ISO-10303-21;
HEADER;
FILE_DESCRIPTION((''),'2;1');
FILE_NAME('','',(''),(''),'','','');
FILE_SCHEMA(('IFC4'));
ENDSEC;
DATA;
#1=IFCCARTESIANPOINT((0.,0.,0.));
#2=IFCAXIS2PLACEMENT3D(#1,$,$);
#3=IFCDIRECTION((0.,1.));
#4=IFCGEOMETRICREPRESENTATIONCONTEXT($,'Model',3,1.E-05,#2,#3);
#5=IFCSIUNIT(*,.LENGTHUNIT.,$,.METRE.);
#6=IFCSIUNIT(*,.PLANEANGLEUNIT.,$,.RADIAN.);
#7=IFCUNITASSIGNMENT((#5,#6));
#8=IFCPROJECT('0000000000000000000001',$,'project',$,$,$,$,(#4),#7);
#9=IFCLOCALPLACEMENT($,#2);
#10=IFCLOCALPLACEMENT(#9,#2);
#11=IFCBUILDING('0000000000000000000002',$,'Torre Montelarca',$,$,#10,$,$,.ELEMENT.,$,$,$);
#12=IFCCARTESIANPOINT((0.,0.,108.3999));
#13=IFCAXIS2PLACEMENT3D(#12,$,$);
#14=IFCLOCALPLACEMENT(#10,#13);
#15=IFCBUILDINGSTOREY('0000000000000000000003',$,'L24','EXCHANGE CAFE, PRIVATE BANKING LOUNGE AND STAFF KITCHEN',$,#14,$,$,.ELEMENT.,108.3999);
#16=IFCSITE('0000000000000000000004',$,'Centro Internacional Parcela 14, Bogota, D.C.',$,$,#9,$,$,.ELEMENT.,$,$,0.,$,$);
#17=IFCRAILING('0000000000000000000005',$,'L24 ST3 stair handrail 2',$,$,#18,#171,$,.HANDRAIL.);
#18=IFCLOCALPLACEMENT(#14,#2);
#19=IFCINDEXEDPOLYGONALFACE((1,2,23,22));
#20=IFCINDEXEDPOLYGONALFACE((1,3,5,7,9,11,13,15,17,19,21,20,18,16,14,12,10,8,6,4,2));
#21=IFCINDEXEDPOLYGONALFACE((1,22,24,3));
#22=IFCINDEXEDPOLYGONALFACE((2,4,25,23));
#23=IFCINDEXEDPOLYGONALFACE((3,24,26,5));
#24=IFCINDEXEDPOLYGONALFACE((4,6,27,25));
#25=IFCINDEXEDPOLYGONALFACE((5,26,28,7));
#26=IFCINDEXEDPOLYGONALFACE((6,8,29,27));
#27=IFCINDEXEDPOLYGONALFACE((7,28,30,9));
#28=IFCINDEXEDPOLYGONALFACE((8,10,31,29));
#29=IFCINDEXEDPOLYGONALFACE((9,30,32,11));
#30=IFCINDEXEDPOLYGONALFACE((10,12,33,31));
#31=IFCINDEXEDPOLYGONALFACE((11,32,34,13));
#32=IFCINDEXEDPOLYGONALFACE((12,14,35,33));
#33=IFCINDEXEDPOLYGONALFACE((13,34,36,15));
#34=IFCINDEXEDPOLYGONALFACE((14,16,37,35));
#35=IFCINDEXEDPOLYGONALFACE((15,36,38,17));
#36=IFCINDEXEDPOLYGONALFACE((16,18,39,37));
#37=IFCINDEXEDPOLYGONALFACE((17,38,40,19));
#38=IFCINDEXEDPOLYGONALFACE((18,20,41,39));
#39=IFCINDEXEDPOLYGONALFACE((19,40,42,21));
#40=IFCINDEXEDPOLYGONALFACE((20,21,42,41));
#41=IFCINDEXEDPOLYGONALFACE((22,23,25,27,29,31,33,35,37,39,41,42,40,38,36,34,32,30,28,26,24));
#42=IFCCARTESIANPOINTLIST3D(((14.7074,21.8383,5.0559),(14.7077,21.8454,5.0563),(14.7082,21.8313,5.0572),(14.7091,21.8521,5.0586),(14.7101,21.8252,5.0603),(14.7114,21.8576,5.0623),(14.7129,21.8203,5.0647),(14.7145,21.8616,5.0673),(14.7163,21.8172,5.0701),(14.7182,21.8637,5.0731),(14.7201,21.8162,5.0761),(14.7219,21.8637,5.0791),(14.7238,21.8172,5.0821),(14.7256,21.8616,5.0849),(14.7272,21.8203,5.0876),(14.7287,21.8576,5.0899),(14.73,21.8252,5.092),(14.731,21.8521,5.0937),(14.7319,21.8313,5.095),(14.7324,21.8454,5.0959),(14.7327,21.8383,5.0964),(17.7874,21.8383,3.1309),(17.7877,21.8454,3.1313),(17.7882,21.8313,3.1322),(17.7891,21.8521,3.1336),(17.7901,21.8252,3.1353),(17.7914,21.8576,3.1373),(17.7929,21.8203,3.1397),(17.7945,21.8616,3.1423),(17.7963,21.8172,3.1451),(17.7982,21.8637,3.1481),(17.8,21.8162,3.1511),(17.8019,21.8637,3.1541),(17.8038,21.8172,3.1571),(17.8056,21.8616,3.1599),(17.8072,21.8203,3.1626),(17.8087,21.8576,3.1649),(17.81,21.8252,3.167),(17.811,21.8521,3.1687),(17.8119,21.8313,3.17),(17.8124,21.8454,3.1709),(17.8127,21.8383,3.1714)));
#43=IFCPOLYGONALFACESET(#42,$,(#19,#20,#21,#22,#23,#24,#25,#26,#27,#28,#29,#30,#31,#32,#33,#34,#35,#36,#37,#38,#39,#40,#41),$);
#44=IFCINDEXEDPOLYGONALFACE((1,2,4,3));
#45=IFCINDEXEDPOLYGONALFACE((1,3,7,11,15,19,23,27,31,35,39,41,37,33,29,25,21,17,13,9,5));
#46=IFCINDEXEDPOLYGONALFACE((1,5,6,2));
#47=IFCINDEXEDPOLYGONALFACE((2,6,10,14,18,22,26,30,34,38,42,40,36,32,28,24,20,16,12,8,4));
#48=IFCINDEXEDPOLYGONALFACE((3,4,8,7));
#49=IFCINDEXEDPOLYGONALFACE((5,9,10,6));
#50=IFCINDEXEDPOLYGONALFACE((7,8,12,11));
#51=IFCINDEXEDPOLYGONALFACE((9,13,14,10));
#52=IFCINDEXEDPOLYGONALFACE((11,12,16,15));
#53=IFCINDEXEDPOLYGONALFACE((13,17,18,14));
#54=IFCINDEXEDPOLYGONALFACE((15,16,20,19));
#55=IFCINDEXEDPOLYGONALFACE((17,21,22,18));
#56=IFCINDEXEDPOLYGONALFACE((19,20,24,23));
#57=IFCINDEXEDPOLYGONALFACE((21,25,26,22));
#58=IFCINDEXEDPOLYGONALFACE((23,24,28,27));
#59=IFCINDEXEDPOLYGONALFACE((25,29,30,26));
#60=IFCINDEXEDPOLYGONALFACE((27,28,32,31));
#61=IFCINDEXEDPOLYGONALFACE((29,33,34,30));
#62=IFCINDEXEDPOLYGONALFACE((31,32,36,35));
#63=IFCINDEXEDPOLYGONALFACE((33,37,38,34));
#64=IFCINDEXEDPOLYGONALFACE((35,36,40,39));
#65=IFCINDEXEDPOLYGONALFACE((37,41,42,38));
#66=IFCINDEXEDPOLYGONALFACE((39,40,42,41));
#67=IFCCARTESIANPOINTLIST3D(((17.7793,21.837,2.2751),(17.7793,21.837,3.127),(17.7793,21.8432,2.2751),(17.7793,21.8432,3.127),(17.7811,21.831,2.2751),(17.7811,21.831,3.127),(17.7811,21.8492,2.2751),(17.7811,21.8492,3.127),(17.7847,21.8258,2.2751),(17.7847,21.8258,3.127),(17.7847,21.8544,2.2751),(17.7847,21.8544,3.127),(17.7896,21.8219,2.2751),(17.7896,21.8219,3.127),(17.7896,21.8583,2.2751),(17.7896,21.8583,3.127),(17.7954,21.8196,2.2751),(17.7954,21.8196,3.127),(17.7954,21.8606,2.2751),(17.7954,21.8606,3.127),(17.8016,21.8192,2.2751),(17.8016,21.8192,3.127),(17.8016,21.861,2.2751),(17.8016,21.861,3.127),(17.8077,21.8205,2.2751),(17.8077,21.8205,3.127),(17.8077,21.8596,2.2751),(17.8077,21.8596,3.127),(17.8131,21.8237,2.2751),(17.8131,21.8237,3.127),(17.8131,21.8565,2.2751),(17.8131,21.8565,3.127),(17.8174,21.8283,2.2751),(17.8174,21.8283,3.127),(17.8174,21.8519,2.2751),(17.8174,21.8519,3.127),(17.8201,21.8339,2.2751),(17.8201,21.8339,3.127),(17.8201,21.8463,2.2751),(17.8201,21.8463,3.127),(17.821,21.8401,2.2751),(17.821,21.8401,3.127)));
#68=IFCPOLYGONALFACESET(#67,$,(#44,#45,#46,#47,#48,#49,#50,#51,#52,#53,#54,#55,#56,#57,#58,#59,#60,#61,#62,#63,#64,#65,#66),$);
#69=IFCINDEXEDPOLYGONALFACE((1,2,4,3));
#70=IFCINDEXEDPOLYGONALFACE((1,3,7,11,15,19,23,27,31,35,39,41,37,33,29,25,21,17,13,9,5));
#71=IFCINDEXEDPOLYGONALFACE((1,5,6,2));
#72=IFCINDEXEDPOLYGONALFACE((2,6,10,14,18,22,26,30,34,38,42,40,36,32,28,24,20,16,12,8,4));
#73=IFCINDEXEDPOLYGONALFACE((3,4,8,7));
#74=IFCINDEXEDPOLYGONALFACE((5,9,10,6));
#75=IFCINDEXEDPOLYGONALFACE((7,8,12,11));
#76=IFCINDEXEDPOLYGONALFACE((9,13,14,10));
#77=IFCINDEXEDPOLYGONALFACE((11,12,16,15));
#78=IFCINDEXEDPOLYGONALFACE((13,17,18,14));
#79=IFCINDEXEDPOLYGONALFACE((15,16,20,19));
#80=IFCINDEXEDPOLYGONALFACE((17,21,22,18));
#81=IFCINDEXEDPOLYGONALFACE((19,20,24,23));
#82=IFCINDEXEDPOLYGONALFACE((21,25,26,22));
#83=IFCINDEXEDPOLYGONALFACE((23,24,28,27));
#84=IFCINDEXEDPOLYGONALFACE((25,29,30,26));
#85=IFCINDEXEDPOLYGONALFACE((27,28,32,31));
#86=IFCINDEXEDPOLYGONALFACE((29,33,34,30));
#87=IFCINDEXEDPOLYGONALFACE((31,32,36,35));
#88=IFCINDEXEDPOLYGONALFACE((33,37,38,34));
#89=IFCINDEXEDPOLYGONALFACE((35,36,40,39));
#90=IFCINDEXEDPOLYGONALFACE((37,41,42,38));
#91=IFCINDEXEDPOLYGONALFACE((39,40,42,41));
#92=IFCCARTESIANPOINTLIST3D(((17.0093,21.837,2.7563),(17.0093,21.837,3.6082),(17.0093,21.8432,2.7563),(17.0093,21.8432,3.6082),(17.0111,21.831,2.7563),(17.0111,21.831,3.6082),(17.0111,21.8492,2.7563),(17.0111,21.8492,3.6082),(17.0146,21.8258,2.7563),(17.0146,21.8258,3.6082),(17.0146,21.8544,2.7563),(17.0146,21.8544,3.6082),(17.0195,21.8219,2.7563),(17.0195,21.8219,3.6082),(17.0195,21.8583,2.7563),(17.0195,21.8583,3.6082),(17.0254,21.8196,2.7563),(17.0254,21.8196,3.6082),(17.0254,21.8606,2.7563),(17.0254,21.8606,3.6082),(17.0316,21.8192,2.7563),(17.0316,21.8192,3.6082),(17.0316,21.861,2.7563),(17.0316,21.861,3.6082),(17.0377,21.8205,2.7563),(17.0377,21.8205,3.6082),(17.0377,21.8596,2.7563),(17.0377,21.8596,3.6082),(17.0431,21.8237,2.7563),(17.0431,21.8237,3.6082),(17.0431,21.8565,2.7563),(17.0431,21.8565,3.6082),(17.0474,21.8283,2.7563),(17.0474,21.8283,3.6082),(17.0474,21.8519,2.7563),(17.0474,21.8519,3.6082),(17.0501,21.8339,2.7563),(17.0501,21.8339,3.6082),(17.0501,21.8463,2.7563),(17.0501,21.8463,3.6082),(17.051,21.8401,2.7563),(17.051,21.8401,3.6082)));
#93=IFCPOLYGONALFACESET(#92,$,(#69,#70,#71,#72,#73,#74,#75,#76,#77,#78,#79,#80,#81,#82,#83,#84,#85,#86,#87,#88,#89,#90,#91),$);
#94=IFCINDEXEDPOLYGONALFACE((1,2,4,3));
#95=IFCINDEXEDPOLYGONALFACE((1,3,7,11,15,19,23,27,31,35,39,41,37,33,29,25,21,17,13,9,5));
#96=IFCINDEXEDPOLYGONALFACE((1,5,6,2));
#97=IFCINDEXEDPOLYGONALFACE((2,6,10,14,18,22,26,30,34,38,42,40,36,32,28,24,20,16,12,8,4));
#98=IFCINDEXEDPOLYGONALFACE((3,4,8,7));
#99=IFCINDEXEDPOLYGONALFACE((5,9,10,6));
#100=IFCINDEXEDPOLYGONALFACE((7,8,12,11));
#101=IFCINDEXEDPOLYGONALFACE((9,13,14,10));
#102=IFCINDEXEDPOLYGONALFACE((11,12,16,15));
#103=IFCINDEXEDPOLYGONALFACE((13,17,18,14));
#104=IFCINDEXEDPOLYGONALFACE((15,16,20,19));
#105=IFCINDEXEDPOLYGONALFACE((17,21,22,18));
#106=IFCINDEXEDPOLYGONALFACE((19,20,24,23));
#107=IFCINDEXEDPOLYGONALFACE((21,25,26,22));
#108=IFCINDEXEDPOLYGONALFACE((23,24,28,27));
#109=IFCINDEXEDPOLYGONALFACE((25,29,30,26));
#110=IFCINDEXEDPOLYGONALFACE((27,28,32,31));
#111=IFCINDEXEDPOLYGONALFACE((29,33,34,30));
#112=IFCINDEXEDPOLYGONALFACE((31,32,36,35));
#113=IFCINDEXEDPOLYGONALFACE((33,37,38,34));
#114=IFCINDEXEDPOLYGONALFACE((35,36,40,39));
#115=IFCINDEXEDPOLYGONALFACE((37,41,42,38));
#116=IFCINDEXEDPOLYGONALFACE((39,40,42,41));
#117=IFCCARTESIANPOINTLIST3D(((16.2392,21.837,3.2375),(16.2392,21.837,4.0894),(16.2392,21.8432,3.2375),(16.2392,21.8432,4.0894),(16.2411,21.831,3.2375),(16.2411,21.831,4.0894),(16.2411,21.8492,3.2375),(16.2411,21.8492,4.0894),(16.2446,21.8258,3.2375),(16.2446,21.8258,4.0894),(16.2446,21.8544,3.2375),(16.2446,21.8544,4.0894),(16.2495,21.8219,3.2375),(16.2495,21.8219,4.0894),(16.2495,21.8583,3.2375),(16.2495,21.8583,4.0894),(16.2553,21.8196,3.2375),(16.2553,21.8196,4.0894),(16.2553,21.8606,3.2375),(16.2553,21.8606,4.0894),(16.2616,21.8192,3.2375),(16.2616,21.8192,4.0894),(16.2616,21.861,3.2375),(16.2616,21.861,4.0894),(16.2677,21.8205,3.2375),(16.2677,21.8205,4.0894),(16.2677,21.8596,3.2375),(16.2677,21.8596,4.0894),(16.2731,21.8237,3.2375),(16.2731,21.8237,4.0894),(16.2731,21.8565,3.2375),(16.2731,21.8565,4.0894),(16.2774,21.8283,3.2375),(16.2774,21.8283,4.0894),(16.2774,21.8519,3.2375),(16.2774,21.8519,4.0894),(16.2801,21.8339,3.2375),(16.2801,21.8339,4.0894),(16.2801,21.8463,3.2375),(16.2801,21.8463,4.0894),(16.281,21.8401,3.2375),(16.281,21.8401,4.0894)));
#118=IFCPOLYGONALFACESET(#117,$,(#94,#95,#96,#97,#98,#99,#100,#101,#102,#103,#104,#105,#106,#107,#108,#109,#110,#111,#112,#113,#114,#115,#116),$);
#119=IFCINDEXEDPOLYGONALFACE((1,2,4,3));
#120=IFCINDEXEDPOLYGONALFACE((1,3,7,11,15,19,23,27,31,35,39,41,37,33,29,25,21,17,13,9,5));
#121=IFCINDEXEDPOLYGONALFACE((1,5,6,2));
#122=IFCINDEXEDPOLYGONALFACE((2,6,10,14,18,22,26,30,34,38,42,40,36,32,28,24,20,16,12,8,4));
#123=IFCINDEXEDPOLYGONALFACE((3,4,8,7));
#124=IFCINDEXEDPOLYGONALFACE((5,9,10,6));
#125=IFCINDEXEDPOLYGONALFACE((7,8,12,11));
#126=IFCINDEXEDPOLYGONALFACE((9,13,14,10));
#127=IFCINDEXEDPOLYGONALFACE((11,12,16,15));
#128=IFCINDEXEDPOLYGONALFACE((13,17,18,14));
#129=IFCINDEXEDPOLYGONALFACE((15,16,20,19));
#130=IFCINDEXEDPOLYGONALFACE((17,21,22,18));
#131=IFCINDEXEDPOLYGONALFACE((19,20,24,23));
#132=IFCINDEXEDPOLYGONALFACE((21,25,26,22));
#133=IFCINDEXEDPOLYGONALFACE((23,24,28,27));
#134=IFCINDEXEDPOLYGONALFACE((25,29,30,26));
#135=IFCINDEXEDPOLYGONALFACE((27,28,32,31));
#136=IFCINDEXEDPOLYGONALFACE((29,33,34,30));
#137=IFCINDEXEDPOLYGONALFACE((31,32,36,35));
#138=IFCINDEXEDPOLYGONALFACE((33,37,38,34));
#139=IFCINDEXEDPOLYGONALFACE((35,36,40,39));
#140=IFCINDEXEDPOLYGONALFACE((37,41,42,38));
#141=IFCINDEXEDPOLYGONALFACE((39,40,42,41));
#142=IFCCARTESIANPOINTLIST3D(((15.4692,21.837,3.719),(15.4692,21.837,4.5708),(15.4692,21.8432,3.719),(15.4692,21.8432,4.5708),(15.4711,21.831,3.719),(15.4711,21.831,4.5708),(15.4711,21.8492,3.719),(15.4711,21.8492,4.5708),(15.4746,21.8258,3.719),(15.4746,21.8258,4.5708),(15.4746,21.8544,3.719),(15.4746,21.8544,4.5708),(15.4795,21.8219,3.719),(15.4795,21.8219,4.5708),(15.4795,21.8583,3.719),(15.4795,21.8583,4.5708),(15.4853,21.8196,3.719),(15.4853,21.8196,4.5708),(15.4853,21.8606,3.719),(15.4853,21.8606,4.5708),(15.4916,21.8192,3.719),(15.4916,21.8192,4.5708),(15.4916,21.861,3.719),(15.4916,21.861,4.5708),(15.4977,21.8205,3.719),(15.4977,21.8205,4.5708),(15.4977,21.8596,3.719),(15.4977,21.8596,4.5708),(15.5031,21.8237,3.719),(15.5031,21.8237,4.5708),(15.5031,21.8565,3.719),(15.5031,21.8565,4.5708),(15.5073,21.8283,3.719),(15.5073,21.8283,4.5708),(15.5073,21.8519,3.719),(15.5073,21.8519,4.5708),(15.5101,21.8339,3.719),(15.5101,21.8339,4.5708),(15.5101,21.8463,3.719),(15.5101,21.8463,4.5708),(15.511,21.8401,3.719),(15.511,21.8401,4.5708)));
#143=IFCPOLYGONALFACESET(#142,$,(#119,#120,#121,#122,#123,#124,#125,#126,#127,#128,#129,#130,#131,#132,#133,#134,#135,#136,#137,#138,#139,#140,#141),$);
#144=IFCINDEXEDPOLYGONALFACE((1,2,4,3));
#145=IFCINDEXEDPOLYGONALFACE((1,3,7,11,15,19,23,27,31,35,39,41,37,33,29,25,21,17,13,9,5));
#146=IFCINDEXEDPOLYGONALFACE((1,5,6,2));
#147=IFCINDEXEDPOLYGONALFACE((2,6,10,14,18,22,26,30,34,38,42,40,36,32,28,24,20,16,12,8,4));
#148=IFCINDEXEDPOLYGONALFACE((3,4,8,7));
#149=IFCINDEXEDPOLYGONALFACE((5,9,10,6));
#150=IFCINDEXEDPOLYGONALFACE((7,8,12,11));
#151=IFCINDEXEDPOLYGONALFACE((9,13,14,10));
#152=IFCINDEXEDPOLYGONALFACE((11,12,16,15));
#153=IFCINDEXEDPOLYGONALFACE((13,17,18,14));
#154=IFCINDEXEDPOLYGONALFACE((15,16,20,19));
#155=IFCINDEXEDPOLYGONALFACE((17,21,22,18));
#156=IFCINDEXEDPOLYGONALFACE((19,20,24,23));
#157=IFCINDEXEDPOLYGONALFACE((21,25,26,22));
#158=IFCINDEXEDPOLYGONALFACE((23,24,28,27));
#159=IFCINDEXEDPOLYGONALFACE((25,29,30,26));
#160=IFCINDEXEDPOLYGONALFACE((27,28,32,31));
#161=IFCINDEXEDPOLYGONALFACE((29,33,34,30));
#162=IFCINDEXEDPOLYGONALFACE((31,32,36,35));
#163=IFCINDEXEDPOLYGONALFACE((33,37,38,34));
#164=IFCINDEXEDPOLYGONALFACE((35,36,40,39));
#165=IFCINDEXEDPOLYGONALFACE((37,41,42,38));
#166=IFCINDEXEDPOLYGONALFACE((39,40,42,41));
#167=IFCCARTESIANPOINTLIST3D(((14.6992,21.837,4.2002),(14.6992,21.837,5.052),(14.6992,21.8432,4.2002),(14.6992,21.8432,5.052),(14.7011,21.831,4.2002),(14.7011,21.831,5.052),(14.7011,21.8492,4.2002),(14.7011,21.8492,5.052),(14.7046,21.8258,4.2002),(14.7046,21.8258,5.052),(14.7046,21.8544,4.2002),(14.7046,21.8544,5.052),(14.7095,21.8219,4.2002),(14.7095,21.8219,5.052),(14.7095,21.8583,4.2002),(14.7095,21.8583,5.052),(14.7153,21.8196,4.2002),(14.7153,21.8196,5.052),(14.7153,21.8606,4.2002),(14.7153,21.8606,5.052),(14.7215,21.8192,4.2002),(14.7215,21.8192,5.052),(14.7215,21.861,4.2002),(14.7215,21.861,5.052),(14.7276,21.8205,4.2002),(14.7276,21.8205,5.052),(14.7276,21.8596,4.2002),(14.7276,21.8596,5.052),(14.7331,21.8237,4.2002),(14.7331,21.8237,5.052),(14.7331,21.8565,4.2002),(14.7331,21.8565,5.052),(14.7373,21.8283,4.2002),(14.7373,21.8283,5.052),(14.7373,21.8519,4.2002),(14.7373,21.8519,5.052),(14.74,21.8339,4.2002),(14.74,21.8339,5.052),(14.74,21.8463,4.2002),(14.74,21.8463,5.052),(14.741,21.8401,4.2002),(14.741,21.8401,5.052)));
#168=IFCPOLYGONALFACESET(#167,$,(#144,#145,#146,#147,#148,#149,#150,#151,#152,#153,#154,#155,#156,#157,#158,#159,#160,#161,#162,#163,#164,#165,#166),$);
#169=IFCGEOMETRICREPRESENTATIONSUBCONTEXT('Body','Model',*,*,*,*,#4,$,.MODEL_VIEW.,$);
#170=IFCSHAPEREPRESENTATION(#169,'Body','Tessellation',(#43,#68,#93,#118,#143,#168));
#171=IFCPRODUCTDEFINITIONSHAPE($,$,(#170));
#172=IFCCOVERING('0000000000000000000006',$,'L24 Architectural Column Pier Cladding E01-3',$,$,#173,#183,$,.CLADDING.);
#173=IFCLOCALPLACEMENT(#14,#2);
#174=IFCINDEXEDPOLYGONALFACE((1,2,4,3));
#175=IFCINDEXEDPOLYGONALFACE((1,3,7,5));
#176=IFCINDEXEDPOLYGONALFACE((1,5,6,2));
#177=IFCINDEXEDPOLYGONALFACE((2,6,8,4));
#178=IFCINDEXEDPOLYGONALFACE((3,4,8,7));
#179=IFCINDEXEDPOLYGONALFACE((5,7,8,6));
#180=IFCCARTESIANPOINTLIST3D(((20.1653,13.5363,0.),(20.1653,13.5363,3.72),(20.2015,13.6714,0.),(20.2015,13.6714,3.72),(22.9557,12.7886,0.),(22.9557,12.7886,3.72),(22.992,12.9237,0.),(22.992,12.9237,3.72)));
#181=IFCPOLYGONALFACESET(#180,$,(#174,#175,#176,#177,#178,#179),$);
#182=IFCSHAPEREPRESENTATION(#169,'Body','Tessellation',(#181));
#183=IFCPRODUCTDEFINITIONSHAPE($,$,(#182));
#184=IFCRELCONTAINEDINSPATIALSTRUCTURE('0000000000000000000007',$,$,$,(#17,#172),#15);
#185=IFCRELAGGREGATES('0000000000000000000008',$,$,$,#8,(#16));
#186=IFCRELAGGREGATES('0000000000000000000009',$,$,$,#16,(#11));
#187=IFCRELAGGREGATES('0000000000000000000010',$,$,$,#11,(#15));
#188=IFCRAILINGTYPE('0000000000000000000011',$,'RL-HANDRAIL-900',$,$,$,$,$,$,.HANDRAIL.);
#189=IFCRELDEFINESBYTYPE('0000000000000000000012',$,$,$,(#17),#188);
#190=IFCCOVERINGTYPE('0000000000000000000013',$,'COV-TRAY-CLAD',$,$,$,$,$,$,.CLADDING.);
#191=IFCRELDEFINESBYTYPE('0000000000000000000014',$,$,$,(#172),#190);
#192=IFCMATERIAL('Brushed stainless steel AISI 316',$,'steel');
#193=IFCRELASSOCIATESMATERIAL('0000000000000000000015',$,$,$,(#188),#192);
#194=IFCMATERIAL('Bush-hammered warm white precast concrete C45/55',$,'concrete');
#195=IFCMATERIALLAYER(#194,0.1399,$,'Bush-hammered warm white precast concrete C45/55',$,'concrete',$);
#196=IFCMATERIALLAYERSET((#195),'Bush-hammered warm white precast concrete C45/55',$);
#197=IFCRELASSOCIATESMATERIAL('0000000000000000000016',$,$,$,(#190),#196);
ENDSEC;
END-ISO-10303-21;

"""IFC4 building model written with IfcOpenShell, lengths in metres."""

from ifc_helpers import new_model, si_unit, direction, frame, origin, origin_2d, place, context, subcontext, project, spatial, rectangle, circle, extrude, source, transform, mapped, material, layer, layer_set, type_object, element, save


model = new_model("IFC4")

# Units and contexts
model_context = context("Model", 3, precision=1e-05, world=origin(), true_north=direction((0.0, 1.0)))
body_context = subcontext(model_context, "Body", "Model", "MODEL_VIEW")
ifc_project = project(units=[si_unit("LENGTHUNIT", "METRE"), si_unit("PLANEANGLEUNIT", "RADIAN")], contexts=[model_context])

# Site, building, storey
site_placement = place(None, origin())
site = spatial("IfcSite", under=ifc_project, at=site_placement, Name="Centro Internacional Parcela 14, Bogota, D.C.", CompositionType="ELEMENT", RefElevation=0.0)
building_placement = place(site_placement, origin())
building = spatial("IfcBuilding", under=site, at=building_placement, Name="Torre Montelarca", CompositionType="ELEMENT")
storey_placement = place(building_placement, frame((0.0, 0.0, 108.3999)))
storey = spatial("IfcBuildingStorey", under=building, at=storey_placement, Name="L24", Description="EXCHANGE CAFE, PRIVATE BANKING LOUNGE AND STAFF KITCHEN", CompositionType="ELEMENT", Elevation=108.3999)

# Railing
ifc_material_1 = material(Name="Brushed stainless steel AISI 316", Category="steel")
railing_type_1 = type_object("IfcRailingType", Name="RL-HANDRAIL-900", PredefinedType="HANDRAIL", material=ifc_material_1)
railing_1_placement = place(storey_placement, frame((17.8, 21.8401, 2.2751)))
element("IfcRailing", 1, at=railing_1_placement, inside=storey, type_object=railing_type_1, Name="L24 ST3 stair handrail 2", PredefinedType="HANDRAIL", context=body_context, shape_type="SweptSolid", body=[
    extrude(circle(Radius=0.0239, at=origin_2d()), frame((0.0, 0.0, 0.876), z_axis=(-0.847998, 0.0, 0.529999), x_axis=(0.0, -1.0, 0.0)), (0.0, 0.0, 1.0), 3.6321),
    extrude(circle(Radius=0.021, at=origin_2d()), origin(), (0.0, 0.0, 1.0), 0.8518),
    extrude(circle(Radius=0.021, at=origin_2d()), frame((-0.77, 0.0, 0.4812)), (0.0, 0.0, 1.0), 0.8518),
    extrude(circle(Radius=0.021, at=origin_2d()), frame((-1.54, 0.0, 0.9624)), (0.0, 0.0, 1.0), 0.8518),
    extrude(circle(Radius=0.021, at=origin_2d()), frame((-2.3101, 0.0, 1.4438)), (0.0, 0.0, 1.0), 0.8518),
    extrude(circle(Radius=0.021, at=origin_2d()), frame((-3.0801, 0.0, 1.925)), (0.0, 0.0, 1.0), 0.8518),
])

# Covering
ifc_material_2 = material(Name="Bush-hammered warm white precast concrete C45/55", Category="concrete")
ifc_layer_1 = layer(ifc_material_2, 0.1399, Name="Bush-hammered warm white precast concrete C45/55", Category="concrete")
ifc_layer_set_1 = layer_set([ifc_layer_1], Name="Bush-hammered warm white precast concrete C45/55")
covering_type = type_object("IfcCoveringType", Name="COV-TRAY-CLAD", PredefinedType="CLADDING", material=ifc_layer_set_1)
shared_shape_1 = source(origin(), body_context, "Body", "SweptSolid", [
    extrude(rectangle(XDim=2.8889, YDim=0.1399, at=origin_2d()), origin(), (0.0, 0.0, 1.0), 3.72),
])
covering_placement = place(storey_placement, frame((21.5786, 13.23, 0.0), z_axis=(0.0, 0.0, 1.0), x_axis=(0.965926, -0.258819, 0.0)))
element("IfcCovering", 2, at=covering_placement, inside=storey, type_object=covering_type, Name="L24 Architectural Column Pier Cladding E01-3", PredefinedType="CLADDING", context=body_context, shape_type="MappedRepresentation", body=[
    mapped(shared_shape_1, transform((0.0, 0.0, 0.0), scale=1.0)),
])

save(model, "model.ifc")
